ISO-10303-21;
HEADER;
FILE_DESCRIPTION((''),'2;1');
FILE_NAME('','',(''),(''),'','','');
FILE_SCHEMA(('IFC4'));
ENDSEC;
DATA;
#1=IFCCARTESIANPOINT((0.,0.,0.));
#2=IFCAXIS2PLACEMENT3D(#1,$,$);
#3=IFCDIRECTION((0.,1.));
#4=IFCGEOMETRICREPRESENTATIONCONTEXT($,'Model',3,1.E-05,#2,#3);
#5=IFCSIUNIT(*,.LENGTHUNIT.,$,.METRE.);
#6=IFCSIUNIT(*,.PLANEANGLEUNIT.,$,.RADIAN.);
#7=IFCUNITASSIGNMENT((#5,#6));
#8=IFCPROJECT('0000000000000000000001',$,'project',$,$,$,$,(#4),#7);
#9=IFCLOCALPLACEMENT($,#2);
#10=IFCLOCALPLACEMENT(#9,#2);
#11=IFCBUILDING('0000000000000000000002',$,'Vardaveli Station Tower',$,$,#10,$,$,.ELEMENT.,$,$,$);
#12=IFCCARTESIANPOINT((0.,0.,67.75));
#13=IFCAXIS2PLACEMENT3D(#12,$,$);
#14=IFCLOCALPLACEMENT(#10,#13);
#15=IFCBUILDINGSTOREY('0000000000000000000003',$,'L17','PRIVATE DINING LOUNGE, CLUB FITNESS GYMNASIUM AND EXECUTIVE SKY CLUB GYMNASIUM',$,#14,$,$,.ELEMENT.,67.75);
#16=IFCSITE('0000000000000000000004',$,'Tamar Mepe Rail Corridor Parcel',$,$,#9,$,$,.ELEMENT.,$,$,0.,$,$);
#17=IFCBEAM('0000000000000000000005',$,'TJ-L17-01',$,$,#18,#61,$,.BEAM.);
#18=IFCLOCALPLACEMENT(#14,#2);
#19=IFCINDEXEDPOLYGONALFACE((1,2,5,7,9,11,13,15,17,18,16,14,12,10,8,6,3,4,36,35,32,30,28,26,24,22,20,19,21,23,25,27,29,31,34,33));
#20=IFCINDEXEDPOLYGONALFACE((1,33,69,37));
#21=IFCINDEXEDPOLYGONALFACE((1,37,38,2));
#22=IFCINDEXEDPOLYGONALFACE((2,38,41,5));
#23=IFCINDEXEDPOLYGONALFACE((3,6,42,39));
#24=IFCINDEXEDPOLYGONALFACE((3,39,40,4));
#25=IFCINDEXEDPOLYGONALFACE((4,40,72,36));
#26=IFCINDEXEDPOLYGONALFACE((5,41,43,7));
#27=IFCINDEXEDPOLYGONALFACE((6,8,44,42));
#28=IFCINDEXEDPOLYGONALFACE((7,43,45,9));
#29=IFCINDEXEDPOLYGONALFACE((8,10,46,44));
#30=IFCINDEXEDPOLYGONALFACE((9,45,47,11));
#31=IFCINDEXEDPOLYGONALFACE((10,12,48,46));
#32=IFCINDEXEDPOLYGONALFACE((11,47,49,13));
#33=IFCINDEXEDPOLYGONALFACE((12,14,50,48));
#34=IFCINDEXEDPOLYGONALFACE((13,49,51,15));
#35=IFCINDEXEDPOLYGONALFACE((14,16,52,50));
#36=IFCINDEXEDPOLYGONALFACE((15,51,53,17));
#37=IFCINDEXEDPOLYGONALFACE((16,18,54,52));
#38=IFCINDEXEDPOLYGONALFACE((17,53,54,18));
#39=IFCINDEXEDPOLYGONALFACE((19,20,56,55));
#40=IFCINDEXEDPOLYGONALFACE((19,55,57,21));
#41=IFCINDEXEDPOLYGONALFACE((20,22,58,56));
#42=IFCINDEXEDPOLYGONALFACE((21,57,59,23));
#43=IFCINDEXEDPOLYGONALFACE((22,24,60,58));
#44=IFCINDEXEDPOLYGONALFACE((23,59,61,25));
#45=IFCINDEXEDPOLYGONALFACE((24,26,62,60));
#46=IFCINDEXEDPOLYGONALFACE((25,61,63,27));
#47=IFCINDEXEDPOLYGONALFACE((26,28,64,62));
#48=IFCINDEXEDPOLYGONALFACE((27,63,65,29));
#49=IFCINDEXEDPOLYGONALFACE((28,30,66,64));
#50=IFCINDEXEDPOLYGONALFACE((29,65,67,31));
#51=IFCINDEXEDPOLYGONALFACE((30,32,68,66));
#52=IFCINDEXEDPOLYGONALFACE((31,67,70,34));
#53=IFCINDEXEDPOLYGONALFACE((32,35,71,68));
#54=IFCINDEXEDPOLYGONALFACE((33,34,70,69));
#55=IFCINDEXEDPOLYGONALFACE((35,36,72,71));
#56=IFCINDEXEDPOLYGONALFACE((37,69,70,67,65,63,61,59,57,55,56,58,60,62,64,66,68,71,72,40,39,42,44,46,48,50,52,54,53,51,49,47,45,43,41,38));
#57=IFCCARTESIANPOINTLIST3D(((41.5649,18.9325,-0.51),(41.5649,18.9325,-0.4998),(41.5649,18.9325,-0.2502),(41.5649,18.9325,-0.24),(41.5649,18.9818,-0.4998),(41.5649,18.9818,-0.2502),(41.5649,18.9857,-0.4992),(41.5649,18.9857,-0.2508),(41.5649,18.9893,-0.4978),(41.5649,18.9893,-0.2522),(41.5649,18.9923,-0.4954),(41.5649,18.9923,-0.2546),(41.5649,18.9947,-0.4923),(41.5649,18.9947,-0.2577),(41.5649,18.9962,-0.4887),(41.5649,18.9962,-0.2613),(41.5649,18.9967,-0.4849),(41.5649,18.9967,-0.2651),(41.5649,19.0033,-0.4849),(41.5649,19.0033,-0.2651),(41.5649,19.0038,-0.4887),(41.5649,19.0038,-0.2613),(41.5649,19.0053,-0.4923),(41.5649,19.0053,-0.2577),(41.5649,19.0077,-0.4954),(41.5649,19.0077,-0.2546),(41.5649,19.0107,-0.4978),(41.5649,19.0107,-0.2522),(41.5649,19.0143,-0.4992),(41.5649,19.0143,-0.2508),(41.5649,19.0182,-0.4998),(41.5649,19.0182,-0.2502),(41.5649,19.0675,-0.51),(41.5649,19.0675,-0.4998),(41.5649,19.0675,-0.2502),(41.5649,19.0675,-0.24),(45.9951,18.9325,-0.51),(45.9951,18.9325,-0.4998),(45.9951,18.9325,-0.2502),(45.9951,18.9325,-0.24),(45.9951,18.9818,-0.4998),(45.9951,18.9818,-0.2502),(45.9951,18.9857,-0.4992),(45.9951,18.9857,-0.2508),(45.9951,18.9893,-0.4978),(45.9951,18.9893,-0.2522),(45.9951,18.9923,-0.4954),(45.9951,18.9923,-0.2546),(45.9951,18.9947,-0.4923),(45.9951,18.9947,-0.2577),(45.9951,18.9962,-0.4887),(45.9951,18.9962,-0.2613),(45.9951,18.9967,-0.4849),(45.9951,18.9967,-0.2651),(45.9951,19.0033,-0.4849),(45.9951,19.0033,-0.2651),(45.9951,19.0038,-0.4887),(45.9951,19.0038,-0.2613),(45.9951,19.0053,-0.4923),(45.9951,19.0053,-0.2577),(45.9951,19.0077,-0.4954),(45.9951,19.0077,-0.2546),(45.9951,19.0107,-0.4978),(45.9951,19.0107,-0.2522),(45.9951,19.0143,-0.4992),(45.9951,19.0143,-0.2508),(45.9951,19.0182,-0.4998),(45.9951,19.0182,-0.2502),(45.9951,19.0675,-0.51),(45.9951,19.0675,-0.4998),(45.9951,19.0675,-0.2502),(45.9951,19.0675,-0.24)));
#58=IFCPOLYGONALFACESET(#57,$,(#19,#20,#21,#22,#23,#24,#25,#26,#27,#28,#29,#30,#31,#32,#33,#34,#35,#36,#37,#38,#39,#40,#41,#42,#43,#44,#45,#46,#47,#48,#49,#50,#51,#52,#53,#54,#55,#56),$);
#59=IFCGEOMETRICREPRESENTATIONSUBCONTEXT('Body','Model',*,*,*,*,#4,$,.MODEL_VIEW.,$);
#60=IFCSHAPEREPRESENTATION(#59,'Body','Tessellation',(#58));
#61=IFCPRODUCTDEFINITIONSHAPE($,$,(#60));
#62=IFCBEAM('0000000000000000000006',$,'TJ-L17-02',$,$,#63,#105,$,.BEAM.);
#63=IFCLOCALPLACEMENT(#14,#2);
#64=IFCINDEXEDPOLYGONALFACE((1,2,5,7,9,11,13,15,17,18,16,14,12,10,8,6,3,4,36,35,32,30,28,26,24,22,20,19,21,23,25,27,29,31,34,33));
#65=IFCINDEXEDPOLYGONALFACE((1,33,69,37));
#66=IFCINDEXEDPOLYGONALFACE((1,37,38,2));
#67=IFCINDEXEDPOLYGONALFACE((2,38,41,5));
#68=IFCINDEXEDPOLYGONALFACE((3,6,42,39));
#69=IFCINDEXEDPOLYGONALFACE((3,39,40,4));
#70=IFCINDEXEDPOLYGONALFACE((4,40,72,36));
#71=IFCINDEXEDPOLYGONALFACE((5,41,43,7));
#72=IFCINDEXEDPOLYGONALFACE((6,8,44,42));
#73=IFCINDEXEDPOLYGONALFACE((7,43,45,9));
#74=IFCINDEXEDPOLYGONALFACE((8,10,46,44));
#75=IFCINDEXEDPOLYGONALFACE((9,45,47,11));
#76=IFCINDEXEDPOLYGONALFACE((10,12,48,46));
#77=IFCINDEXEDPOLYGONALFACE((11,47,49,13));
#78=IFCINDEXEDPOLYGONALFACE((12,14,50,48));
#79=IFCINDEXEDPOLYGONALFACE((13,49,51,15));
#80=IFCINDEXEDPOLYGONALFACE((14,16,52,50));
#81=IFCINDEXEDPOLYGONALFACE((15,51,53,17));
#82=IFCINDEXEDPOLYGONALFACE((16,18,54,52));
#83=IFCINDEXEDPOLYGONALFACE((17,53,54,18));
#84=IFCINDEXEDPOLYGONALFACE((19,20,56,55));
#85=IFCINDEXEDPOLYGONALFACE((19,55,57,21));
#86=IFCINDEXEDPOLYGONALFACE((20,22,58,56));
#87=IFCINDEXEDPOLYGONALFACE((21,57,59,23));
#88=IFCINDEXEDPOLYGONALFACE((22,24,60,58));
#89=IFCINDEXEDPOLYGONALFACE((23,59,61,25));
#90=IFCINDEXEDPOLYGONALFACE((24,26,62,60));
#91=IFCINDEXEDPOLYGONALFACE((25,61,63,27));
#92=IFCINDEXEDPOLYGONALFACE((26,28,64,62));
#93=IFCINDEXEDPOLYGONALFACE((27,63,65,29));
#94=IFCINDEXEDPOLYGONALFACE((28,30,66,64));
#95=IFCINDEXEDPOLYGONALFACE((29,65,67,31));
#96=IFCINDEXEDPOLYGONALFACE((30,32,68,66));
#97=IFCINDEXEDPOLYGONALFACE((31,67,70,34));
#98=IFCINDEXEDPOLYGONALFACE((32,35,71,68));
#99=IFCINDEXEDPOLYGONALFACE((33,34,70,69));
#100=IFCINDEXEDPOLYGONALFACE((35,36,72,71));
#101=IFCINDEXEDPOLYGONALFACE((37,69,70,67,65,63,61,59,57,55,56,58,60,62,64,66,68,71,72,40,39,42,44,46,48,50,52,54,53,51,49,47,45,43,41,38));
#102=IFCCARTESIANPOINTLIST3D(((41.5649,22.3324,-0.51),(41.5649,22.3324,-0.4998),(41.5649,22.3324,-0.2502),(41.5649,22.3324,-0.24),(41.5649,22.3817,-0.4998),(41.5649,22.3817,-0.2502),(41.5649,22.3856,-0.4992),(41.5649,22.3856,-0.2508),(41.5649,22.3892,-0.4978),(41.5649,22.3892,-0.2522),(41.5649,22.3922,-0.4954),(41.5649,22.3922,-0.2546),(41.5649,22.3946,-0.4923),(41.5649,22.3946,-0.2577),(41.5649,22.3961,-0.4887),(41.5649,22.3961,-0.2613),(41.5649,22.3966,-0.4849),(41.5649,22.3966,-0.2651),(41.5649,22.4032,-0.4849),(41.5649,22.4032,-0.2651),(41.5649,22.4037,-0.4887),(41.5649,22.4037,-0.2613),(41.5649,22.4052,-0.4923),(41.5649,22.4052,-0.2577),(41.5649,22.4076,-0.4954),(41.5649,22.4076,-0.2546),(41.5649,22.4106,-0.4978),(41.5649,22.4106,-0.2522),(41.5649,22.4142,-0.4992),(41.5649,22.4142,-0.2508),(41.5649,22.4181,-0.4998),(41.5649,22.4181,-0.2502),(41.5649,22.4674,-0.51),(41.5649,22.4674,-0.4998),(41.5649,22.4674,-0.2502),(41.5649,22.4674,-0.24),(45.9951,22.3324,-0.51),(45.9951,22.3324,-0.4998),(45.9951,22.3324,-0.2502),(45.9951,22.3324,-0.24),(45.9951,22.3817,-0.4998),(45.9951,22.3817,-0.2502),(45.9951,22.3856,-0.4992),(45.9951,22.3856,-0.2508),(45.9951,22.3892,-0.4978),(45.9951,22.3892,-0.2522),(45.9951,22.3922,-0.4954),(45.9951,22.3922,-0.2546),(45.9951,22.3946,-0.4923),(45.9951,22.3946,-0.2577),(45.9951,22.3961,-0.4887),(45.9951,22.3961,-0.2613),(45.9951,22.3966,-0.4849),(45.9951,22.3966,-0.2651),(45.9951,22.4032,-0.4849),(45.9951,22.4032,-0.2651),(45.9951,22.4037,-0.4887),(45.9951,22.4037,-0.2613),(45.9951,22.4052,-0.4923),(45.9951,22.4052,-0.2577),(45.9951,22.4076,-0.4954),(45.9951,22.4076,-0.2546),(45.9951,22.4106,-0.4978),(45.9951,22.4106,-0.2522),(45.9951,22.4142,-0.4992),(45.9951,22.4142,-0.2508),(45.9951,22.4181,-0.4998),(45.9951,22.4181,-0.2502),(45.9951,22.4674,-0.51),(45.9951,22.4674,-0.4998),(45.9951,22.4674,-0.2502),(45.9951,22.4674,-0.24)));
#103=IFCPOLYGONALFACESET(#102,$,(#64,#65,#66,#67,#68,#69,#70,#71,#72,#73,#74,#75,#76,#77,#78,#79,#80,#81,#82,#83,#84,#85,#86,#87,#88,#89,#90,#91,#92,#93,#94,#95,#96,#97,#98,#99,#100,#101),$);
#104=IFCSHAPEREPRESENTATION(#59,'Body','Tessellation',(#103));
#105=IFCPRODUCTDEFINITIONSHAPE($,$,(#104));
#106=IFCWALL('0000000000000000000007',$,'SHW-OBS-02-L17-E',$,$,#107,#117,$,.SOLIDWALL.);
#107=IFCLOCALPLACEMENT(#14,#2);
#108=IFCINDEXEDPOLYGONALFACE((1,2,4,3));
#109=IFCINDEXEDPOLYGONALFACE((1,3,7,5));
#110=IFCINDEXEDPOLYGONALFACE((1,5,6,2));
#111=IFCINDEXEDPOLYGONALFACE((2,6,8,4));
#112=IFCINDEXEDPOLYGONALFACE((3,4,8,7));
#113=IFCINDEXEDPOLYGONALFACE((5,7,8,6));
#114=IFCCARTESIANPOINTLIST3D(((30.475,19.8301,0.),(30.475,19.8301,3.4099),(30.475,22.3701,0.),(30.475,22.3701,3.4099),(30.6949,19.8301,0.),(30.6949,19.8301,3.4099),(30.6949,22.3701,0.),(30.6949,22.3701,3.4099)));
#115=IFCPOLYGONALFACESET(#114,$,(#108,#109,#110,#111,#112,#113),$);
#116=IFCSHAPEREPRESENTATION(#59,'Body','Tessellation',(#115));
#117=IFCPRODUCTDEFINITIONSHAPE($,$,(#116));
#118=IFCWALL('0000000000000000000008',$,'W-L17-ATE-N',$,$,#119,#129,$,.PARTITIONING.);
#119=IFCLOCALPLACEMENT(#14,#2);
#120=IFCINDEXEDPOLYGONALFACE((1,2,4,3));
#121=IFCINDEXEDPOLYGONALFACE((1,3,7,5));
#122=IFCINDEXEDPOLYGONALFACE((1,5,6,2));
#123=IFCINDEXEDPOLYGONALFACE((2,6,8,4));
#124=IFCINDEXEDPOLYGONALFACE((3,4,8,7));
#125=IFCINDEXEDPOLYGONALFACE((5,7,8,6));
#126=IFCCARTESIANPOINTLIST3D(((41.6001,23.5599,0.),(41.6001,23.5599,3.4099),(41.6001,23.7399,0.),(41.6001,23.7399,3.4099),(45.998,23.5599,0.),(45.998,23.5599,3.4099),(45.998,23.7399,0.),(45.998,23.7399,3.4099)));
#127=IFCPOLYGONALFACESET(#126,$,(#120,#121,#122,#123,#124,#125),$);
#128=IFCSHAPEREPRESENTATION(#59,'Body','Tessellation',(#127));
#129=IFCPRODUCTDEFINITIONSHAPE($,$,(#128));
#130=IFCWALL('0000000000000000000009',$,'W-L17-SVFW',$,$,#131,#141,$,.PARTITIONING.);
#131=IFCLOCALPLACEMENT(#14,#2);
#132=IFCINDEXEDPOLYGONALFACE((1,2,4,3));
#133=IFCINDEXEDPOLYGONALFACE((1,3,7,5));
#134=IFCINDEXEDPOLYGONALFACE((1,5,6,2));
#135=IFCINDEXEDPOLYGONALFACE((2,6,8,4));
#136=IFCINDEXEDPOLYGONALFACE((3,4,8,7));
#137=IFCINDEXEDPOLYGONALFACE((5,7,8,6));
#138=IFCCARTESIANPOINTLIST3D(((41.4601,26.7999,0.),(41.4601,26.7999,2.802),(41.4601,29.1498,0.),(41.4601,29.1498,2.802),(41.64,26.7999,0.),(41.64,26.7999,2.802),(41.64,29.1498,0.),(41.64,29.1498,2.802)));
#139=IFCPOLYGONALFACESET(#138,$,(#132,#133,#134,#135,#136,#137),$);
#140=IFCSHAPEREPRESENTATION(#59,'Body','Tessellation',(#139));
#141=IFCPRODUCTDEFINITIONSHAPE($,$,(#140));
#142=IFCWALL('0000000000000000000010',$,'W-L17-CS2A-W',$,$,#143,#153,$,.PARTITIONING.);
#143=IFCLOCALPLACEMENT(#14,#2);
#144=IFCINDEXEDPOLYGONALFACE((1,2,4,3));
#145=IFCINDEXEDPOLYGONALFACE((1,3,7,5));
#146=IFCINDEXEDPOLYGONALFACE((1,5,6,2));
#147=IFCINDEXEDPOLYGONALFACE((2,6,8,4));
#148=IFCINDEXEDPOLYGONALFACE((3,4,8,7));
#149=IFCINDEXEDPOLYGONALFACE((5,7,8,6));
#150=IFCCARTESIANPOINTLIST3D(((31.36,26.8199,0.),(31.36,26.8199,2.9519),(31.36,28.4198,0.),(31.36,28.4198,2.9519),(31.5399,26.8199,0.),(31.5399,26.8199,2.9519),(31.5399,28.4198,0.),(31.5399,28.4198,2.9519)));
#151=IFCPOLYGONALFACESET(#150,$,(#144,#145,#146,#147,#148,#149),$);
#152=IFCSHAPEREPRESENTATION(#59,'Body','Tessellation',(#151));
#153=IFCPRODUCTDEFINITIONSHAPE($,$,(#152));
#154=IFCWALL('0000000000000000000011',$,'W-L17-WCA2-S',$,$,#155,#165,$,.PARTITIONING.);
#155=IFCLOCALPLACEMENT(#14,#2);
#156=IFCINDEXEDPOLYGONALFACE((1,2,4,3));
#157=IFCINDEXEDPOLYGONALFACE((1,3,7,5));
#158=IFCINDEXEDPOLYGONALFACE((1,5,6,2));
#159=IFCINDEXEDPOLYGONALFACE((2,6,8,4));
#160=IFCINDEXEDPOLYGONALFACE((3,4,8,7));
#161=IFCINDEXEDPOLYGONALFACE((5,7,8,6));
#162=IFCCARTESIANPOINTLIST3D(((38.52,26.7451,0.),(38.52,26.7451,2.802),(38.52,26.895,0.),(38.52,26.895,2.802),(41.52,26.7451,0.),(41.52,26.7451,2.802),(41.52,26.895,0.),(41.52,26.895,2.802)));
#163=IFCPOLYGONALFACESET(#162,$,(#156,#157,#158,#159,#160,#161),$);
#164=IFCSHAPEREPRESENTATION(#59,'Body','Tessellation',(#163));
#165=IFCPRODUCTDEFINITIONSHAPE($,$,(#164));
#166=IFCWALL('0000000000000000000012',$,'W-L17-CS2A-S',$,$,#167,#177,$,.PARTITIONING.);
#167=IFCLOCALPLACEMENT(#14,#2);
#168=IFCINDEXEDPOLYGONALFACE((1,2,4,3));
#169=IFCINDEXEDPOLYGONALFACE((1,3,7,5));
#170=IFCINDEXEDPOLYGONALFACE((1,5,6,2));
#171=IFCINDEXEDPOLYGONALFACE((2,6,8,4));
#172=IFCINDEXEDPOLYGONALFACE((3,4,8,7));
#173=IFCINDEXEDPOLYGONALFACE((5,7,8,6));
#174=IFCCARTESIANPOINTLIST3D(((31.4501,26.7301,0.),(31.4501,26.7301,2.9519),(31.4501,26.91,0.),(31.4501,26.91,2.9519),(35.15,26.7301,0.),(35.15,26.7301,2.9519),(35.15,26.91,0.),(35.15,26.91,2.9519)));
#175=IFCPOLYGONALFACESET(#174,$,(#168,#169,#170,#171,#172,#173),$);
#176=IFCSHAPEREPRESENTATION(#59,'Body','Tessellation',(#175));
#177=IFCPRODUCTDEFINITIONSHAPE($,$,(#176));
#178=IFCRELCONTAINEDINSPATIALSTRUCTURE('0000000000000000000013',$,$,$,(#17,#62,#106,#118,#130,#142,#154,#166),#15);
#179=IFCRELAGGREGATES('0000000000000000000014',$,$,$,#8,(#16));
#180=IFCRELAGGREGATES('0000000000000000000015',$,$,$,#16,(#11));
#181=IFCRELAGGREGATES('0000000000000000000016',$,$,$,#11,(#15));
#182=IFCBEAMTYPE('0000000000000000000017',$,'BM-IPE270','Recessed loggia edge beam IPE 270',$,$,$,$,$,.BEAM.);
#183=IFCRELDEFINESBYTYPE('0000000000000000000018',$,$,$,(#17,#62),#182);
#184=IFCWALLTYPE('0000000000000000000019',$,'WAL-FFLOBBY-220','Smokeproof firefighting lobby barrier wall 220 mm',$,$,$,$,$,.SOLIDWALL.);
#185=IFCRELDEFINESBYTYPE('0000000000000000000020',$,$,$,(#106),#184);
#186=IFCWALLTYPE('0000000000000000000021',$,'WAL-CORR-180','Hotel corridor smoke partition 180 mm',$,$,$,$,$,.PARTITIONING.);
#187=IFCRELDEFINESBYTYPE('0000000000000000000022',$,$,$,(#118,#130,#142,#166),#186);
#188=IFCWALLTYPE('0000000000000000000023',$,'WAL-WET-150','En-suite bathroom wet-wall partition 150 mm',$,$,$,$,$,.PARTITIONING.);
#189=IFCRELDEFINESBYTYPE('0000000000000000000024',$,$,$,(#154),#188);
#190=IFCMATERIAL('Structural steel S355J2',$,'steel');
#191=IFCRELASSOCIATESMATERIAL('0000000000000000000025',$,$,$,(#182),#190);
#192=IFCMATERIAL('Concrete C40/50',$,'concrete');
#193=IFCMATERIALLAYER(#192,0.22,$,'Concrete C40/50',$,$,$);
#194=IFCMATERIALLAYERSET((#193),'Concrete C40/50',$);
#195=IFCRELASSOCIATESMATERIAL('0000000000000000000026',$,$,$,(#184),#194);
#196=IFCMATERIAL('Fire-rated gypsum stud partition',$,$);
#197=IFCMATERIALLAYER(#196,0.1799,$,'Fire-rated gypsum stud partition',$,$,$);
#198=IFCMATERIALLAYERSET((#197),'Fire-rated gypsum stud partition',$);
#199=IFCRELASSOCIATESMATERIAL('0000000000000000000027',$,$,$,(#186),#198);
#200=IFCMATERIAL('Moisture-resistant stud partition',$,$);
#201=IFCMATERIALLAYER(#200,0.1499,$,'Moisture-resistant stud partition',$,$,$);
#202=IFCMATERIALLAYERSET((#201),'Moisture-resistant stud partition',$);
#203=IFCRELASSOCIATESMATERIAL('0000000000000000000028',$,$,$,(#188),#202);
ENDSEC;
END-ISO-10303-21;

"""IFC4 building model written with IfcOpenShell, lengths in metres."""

from ifc_helpers import new_model, si_unit, direction, frame, frame_2d, origin, origin_2d, place, context, subcontext, project, spatial, rectangle, i_section, extrude, source, transform, mapped, material, layer, layer_set, material_profile, profile_set, type_object, element, save


model = new_model("IFC4")

# Units and contexts
model_context = context("Model", 3, precision=1e-05, world=origin(), true_north=direction((0.0, 1.0)))
body_context = subcontext(model_context, "Body", "Model", "MODEL_VIEW")
ifc_project = project(units=[si_unit("LENGTHUNIT", "METRE"), si_unit("PLANEANGLEUNIT", "RADIAN")], contexts=[model_context])

# Site, building, storey
site_placement = place(None, origin())
site = spatial("IfcSite", under=ifc_project, at=site_placement, Name="Tamar Mepe Rail Corridor Parcel", CompositionType="ELEMENT", RefElevation=0.0)
building_placement = place(site_placement, origin())
building = spatial("IfcBuilding", under=site, at=building_placement, Name="Vardaveli Station Tower", CompositionType="ELEMENT")
storey_placement = place(building_placement, frame((0.0, 0.0, 67.75)))
storey = spatial("IfcBuildingStorey", under=building, at=storey_placement, Name="L17", Description="PRIVATE DINING LOUNGE, CLUB FITNESS GYMNASIUM AND EXECUTIVE SKY CLUB GYMNASIUM", CompositionType="ELEMENT", Elevation=67.75)

# Beams
ifc_material_1 = material(Name="Structural steel S355J2", Category="steel")
ifc_material_profile_1 = material_profile(ifc_material_1, i_section(OverallWidth=0.135, OverallDepth=0.27, WebThickness=0.0066, FlangeThickness=0.0103, FilletRadius=0.0149, at=origin_2d()), Name="IPE 270")
ifc_profile_set_1 = profile_set([ifc_material_profile_1], Name="Structural steel S355J2")
beam_type_1 = type_object("IfcBeamType", Name="BM-IPE270", Description="Recessed loggia edge beam IPE 270", PredefinedType="BEAM", material=ifc_profile_set_1)
shared_shape_1 = source(origin(), body_context, "Body", "SweptSolid", [
    extrude(i_section(OverallWidth=0.135, OverallDepth=0.27, WebThickness=0.0066, FlangeThickness=0.0103, FilletRadius=0.0149, at=origin_2d()), origin(), (0.0, 0.0, 1.0), 4.4302),
])
for number, where, z_axis, x_axis, name in (
    (1, (41.5649, 19.0, -0.375), (1.0, 0.0, 0.0), (0.0, 1.0, 0.0), "TJ-L17-01"),
    (2, (41.5649, 22.3999, -0.375), (1.0, 0.0, 0.0), (0.0, 1.0, 0.0), "TJ-L17-02"),
):
    element("IfcBeam", number, at=place(storey_placement, frame(where, z_axis=z_axis, x_axis=x_axis)), inside=storey, type_object=beam_type_1, Name=name, PredefinedType="BEAM", context=body_context, shape_type="MappedRepresentation", body=[
        mapped(shared_shape_1, transform((0.0, 0.0, 0.0), scale=1.0)),
    ])

# Walls
ifc_material_2 = material(Name="Concrete C40/50", Category="concrete")
ifc_layer_1 = layer(ifc_material_2, 0.22, Name="Concrete C40/50")
ifc_layer_set_1 = layer_set([ifc_layer_1], Name="Concrete C40/50")
wall_type_1 = type_object("IfcWallType", Name="WAL-FFLOBBY-220", Description="Smokeproof firefighting lobby barrier wall 220 mm", PredefinedType="SOLIDWALL", material=ifc_layer_set_1)
shared_shape_2 = source(origin(), body_context, "Body", "SweptSolid", [
    extrude(rectangle(XDim=2.54, YDim=0.22, at=frame_2d((1.27, 0.0))), origin(), (0.0, 0.0, 1.0), 3.4099),
])
wall_1_placement = place(storey_placement, frame((30.585, 19.8301, 0.0), z_axis=(0.0, 0.0, 1.0), x_axis=(0.0, 1.0, 0.0)))
element("IfcWall", 3, at=wall_1_placement, inside=storey, type_object=wall_type_1, Name="SHW-OBS-02-L17-E", PredefinedType="SOLIDWALL", context=body_context, shape_type="MappedRepresentation", body=[
    mapped(shared_shape_2, transform((0.0, 0.0, 0.0), scale=1.0)),
])
ifc_material_3 = material(Name="Fire-rated gypsum stud partition")
ifc_layer_2 = layer(ifc_material_3, 0.1799, Name="Fire-rated gypsum stud partition")
ifc_layer_set_2 = layer_set([ifc_layer_2], Name="Fire-rated gypsum stud partition")
wall_type_2 = type_object("IfcWallType", Name="WAL-CORR-180", Description="Hotel corridor smoke partition 180 mm", PredefinedType="PARTITIONING", material=ifc_layer_set_2)
shared_shape_3 = source(origin(), body_context, "Body", "SweptSolid", [
    extrude(rectangle(XDim=4.3979, YDim=0.1799, at=frame_2d((2.199, 0.0))), origin(), (0.0, 0.0, 1.0), 3.4099),
])
wall_2_placement = place(storey_placement, frame((41.6001, 23.6499, 0.0), z_axis=(0.0, 0.0, 1.0), x_axis=(1.0, 0.0, 0.0)))
element("IfcWall", 4, at=wall_2_placement, inside=storey, type_object=wall_type_2, Name="W-L17-ATE-N", PredefinedType="PARTITIONING", context=body_context, shape_type="MappedRepresentation", body=[
    mapped(shared_shape_3, transform((0.0, 0.0, 0.0), scale=1.0)),
])
shared_shape_4 = source(origin(), body_context, "Body", "SweptSolid", [
    extrude(rectangle(XDim=2.3499, YDim=0.1799, at=frame_2d((1.1748, 0.0))), origin(), (0.0, 0.0, 1.0), 2.802),
])
wall_3_placement = place(storey_placement, frame((41.55, 26.8, 0.0), z_axis=(0.0, 0.0, 1.0), x_axis=(0.0, 1.0, 0.0)))
element("IfcWall", 5, at=wall_3_placement, inside=storey, type_object=wall_type_2, Name="W-L17-SVFW", PredefinedType="PARTITIONING", context=body_context, shape_type="MappedRepresentation", body=[
    mapped(shared_shape_4, transform((0.0, 0.0, 0.0), scale=1.0)),
])
shared_shape_5 = source(origin(), body_context, "Body", "SweptSolid", [
    extrude(rectangle(XDim=1.5999, YDim=0.1799, at=frame_2d((0.7998, 0.0))), origin(), (0.0, 0.0, 1.0), 2.9519),
])
wall_4_placement = place(storey_placement, frame((31.45, 26.8201, 0.0), z_axis=(0.0, 0.0, 1.0), x_axis=(0.0, 1.0, 0.0)))
element("IfcWall", 6, at=wall_4_placement, inside=storey, type_object=wall_type_2, Name="W-L17-CS2A-W", PredefinedType="PARTITIONING", context=body_context, shape_type="MappedRepresentation", body=[
    mapped(shared_shape_5, transform((0.0, 0.0, 0.0), scale=1.0)),
])
ifc_material_4 = material(Name="Moisture-resistant stud partition")
ifc_layer_3 = layer(ifc_material_4, 0.1499, Name="Moisture-resistant stud partition")
ifc_layer_set_3 = layer_set([ifc_layer_3], Name="Moisture-resistant stud partition")
wall_type_3 = type_object("IfcWallType", Name="WAL-WET-150", Description="En-suite bathroom wet-wall partition 150 mm", PredefinedType="PARTITIONING", material=ifc_layer_set_3)
shared_shape_6 = source(origin(), body_context, "Body", "SweptSolid", [
    extrude(rectangle(XDim=3.0, YDim=0.1499, at=frame_2d((1.5, 0.0))), origin(), (0.0, 0.0, 1.0), 2.802),
])
wall_5_placement = place(storey_placement, frame((38.52, 26.8201, 0.0), z_axis=(0.0, 0.0, 1.0), x_axis=(1.0, 0.0, 0.0)))
element("IfcWall", 7, at=wall_5_placement, inside=storey, type_object=wall_type_3, Name="W-L17-WCA2-S", PredefinedType="PARTITIONING", context=body_context, shape_type="MappedRepresentation", body=[
    mapped(shared_shape_6, transform((0.0, 0.0, 0.0), scale=1.0)),
])
shared_shape_7 = source(origin(), body_context, "Body", "SweptSolid", [
    extrude(rectangle(XDim=3.7, YDim=0.1799, at=frame_2d((1.8501, 0.0))), origin(), (0.0, 0.0, 1.0), 2.9519),
])
wall_6_placement = place(storey_placement, frame((31.45, 26.8201, 0.0), z_axis=(0.0, 0.0, 1.0), x_axis=(1.0, 0.0, 0.0)))
element("IfcWall", 8, at=wall_6_placement, inside=storey, type_object=wall_type_2, Name="W-L17-CS2A-S", PredefinedType="PARTITIONING", context=body_context, shape_type="MappedRepresentation", body=[
    mapped(shared_shape_7, transform((0.0, 0.0, 0.0), scale=1.0)),
])

save(model, "model.ifc")
